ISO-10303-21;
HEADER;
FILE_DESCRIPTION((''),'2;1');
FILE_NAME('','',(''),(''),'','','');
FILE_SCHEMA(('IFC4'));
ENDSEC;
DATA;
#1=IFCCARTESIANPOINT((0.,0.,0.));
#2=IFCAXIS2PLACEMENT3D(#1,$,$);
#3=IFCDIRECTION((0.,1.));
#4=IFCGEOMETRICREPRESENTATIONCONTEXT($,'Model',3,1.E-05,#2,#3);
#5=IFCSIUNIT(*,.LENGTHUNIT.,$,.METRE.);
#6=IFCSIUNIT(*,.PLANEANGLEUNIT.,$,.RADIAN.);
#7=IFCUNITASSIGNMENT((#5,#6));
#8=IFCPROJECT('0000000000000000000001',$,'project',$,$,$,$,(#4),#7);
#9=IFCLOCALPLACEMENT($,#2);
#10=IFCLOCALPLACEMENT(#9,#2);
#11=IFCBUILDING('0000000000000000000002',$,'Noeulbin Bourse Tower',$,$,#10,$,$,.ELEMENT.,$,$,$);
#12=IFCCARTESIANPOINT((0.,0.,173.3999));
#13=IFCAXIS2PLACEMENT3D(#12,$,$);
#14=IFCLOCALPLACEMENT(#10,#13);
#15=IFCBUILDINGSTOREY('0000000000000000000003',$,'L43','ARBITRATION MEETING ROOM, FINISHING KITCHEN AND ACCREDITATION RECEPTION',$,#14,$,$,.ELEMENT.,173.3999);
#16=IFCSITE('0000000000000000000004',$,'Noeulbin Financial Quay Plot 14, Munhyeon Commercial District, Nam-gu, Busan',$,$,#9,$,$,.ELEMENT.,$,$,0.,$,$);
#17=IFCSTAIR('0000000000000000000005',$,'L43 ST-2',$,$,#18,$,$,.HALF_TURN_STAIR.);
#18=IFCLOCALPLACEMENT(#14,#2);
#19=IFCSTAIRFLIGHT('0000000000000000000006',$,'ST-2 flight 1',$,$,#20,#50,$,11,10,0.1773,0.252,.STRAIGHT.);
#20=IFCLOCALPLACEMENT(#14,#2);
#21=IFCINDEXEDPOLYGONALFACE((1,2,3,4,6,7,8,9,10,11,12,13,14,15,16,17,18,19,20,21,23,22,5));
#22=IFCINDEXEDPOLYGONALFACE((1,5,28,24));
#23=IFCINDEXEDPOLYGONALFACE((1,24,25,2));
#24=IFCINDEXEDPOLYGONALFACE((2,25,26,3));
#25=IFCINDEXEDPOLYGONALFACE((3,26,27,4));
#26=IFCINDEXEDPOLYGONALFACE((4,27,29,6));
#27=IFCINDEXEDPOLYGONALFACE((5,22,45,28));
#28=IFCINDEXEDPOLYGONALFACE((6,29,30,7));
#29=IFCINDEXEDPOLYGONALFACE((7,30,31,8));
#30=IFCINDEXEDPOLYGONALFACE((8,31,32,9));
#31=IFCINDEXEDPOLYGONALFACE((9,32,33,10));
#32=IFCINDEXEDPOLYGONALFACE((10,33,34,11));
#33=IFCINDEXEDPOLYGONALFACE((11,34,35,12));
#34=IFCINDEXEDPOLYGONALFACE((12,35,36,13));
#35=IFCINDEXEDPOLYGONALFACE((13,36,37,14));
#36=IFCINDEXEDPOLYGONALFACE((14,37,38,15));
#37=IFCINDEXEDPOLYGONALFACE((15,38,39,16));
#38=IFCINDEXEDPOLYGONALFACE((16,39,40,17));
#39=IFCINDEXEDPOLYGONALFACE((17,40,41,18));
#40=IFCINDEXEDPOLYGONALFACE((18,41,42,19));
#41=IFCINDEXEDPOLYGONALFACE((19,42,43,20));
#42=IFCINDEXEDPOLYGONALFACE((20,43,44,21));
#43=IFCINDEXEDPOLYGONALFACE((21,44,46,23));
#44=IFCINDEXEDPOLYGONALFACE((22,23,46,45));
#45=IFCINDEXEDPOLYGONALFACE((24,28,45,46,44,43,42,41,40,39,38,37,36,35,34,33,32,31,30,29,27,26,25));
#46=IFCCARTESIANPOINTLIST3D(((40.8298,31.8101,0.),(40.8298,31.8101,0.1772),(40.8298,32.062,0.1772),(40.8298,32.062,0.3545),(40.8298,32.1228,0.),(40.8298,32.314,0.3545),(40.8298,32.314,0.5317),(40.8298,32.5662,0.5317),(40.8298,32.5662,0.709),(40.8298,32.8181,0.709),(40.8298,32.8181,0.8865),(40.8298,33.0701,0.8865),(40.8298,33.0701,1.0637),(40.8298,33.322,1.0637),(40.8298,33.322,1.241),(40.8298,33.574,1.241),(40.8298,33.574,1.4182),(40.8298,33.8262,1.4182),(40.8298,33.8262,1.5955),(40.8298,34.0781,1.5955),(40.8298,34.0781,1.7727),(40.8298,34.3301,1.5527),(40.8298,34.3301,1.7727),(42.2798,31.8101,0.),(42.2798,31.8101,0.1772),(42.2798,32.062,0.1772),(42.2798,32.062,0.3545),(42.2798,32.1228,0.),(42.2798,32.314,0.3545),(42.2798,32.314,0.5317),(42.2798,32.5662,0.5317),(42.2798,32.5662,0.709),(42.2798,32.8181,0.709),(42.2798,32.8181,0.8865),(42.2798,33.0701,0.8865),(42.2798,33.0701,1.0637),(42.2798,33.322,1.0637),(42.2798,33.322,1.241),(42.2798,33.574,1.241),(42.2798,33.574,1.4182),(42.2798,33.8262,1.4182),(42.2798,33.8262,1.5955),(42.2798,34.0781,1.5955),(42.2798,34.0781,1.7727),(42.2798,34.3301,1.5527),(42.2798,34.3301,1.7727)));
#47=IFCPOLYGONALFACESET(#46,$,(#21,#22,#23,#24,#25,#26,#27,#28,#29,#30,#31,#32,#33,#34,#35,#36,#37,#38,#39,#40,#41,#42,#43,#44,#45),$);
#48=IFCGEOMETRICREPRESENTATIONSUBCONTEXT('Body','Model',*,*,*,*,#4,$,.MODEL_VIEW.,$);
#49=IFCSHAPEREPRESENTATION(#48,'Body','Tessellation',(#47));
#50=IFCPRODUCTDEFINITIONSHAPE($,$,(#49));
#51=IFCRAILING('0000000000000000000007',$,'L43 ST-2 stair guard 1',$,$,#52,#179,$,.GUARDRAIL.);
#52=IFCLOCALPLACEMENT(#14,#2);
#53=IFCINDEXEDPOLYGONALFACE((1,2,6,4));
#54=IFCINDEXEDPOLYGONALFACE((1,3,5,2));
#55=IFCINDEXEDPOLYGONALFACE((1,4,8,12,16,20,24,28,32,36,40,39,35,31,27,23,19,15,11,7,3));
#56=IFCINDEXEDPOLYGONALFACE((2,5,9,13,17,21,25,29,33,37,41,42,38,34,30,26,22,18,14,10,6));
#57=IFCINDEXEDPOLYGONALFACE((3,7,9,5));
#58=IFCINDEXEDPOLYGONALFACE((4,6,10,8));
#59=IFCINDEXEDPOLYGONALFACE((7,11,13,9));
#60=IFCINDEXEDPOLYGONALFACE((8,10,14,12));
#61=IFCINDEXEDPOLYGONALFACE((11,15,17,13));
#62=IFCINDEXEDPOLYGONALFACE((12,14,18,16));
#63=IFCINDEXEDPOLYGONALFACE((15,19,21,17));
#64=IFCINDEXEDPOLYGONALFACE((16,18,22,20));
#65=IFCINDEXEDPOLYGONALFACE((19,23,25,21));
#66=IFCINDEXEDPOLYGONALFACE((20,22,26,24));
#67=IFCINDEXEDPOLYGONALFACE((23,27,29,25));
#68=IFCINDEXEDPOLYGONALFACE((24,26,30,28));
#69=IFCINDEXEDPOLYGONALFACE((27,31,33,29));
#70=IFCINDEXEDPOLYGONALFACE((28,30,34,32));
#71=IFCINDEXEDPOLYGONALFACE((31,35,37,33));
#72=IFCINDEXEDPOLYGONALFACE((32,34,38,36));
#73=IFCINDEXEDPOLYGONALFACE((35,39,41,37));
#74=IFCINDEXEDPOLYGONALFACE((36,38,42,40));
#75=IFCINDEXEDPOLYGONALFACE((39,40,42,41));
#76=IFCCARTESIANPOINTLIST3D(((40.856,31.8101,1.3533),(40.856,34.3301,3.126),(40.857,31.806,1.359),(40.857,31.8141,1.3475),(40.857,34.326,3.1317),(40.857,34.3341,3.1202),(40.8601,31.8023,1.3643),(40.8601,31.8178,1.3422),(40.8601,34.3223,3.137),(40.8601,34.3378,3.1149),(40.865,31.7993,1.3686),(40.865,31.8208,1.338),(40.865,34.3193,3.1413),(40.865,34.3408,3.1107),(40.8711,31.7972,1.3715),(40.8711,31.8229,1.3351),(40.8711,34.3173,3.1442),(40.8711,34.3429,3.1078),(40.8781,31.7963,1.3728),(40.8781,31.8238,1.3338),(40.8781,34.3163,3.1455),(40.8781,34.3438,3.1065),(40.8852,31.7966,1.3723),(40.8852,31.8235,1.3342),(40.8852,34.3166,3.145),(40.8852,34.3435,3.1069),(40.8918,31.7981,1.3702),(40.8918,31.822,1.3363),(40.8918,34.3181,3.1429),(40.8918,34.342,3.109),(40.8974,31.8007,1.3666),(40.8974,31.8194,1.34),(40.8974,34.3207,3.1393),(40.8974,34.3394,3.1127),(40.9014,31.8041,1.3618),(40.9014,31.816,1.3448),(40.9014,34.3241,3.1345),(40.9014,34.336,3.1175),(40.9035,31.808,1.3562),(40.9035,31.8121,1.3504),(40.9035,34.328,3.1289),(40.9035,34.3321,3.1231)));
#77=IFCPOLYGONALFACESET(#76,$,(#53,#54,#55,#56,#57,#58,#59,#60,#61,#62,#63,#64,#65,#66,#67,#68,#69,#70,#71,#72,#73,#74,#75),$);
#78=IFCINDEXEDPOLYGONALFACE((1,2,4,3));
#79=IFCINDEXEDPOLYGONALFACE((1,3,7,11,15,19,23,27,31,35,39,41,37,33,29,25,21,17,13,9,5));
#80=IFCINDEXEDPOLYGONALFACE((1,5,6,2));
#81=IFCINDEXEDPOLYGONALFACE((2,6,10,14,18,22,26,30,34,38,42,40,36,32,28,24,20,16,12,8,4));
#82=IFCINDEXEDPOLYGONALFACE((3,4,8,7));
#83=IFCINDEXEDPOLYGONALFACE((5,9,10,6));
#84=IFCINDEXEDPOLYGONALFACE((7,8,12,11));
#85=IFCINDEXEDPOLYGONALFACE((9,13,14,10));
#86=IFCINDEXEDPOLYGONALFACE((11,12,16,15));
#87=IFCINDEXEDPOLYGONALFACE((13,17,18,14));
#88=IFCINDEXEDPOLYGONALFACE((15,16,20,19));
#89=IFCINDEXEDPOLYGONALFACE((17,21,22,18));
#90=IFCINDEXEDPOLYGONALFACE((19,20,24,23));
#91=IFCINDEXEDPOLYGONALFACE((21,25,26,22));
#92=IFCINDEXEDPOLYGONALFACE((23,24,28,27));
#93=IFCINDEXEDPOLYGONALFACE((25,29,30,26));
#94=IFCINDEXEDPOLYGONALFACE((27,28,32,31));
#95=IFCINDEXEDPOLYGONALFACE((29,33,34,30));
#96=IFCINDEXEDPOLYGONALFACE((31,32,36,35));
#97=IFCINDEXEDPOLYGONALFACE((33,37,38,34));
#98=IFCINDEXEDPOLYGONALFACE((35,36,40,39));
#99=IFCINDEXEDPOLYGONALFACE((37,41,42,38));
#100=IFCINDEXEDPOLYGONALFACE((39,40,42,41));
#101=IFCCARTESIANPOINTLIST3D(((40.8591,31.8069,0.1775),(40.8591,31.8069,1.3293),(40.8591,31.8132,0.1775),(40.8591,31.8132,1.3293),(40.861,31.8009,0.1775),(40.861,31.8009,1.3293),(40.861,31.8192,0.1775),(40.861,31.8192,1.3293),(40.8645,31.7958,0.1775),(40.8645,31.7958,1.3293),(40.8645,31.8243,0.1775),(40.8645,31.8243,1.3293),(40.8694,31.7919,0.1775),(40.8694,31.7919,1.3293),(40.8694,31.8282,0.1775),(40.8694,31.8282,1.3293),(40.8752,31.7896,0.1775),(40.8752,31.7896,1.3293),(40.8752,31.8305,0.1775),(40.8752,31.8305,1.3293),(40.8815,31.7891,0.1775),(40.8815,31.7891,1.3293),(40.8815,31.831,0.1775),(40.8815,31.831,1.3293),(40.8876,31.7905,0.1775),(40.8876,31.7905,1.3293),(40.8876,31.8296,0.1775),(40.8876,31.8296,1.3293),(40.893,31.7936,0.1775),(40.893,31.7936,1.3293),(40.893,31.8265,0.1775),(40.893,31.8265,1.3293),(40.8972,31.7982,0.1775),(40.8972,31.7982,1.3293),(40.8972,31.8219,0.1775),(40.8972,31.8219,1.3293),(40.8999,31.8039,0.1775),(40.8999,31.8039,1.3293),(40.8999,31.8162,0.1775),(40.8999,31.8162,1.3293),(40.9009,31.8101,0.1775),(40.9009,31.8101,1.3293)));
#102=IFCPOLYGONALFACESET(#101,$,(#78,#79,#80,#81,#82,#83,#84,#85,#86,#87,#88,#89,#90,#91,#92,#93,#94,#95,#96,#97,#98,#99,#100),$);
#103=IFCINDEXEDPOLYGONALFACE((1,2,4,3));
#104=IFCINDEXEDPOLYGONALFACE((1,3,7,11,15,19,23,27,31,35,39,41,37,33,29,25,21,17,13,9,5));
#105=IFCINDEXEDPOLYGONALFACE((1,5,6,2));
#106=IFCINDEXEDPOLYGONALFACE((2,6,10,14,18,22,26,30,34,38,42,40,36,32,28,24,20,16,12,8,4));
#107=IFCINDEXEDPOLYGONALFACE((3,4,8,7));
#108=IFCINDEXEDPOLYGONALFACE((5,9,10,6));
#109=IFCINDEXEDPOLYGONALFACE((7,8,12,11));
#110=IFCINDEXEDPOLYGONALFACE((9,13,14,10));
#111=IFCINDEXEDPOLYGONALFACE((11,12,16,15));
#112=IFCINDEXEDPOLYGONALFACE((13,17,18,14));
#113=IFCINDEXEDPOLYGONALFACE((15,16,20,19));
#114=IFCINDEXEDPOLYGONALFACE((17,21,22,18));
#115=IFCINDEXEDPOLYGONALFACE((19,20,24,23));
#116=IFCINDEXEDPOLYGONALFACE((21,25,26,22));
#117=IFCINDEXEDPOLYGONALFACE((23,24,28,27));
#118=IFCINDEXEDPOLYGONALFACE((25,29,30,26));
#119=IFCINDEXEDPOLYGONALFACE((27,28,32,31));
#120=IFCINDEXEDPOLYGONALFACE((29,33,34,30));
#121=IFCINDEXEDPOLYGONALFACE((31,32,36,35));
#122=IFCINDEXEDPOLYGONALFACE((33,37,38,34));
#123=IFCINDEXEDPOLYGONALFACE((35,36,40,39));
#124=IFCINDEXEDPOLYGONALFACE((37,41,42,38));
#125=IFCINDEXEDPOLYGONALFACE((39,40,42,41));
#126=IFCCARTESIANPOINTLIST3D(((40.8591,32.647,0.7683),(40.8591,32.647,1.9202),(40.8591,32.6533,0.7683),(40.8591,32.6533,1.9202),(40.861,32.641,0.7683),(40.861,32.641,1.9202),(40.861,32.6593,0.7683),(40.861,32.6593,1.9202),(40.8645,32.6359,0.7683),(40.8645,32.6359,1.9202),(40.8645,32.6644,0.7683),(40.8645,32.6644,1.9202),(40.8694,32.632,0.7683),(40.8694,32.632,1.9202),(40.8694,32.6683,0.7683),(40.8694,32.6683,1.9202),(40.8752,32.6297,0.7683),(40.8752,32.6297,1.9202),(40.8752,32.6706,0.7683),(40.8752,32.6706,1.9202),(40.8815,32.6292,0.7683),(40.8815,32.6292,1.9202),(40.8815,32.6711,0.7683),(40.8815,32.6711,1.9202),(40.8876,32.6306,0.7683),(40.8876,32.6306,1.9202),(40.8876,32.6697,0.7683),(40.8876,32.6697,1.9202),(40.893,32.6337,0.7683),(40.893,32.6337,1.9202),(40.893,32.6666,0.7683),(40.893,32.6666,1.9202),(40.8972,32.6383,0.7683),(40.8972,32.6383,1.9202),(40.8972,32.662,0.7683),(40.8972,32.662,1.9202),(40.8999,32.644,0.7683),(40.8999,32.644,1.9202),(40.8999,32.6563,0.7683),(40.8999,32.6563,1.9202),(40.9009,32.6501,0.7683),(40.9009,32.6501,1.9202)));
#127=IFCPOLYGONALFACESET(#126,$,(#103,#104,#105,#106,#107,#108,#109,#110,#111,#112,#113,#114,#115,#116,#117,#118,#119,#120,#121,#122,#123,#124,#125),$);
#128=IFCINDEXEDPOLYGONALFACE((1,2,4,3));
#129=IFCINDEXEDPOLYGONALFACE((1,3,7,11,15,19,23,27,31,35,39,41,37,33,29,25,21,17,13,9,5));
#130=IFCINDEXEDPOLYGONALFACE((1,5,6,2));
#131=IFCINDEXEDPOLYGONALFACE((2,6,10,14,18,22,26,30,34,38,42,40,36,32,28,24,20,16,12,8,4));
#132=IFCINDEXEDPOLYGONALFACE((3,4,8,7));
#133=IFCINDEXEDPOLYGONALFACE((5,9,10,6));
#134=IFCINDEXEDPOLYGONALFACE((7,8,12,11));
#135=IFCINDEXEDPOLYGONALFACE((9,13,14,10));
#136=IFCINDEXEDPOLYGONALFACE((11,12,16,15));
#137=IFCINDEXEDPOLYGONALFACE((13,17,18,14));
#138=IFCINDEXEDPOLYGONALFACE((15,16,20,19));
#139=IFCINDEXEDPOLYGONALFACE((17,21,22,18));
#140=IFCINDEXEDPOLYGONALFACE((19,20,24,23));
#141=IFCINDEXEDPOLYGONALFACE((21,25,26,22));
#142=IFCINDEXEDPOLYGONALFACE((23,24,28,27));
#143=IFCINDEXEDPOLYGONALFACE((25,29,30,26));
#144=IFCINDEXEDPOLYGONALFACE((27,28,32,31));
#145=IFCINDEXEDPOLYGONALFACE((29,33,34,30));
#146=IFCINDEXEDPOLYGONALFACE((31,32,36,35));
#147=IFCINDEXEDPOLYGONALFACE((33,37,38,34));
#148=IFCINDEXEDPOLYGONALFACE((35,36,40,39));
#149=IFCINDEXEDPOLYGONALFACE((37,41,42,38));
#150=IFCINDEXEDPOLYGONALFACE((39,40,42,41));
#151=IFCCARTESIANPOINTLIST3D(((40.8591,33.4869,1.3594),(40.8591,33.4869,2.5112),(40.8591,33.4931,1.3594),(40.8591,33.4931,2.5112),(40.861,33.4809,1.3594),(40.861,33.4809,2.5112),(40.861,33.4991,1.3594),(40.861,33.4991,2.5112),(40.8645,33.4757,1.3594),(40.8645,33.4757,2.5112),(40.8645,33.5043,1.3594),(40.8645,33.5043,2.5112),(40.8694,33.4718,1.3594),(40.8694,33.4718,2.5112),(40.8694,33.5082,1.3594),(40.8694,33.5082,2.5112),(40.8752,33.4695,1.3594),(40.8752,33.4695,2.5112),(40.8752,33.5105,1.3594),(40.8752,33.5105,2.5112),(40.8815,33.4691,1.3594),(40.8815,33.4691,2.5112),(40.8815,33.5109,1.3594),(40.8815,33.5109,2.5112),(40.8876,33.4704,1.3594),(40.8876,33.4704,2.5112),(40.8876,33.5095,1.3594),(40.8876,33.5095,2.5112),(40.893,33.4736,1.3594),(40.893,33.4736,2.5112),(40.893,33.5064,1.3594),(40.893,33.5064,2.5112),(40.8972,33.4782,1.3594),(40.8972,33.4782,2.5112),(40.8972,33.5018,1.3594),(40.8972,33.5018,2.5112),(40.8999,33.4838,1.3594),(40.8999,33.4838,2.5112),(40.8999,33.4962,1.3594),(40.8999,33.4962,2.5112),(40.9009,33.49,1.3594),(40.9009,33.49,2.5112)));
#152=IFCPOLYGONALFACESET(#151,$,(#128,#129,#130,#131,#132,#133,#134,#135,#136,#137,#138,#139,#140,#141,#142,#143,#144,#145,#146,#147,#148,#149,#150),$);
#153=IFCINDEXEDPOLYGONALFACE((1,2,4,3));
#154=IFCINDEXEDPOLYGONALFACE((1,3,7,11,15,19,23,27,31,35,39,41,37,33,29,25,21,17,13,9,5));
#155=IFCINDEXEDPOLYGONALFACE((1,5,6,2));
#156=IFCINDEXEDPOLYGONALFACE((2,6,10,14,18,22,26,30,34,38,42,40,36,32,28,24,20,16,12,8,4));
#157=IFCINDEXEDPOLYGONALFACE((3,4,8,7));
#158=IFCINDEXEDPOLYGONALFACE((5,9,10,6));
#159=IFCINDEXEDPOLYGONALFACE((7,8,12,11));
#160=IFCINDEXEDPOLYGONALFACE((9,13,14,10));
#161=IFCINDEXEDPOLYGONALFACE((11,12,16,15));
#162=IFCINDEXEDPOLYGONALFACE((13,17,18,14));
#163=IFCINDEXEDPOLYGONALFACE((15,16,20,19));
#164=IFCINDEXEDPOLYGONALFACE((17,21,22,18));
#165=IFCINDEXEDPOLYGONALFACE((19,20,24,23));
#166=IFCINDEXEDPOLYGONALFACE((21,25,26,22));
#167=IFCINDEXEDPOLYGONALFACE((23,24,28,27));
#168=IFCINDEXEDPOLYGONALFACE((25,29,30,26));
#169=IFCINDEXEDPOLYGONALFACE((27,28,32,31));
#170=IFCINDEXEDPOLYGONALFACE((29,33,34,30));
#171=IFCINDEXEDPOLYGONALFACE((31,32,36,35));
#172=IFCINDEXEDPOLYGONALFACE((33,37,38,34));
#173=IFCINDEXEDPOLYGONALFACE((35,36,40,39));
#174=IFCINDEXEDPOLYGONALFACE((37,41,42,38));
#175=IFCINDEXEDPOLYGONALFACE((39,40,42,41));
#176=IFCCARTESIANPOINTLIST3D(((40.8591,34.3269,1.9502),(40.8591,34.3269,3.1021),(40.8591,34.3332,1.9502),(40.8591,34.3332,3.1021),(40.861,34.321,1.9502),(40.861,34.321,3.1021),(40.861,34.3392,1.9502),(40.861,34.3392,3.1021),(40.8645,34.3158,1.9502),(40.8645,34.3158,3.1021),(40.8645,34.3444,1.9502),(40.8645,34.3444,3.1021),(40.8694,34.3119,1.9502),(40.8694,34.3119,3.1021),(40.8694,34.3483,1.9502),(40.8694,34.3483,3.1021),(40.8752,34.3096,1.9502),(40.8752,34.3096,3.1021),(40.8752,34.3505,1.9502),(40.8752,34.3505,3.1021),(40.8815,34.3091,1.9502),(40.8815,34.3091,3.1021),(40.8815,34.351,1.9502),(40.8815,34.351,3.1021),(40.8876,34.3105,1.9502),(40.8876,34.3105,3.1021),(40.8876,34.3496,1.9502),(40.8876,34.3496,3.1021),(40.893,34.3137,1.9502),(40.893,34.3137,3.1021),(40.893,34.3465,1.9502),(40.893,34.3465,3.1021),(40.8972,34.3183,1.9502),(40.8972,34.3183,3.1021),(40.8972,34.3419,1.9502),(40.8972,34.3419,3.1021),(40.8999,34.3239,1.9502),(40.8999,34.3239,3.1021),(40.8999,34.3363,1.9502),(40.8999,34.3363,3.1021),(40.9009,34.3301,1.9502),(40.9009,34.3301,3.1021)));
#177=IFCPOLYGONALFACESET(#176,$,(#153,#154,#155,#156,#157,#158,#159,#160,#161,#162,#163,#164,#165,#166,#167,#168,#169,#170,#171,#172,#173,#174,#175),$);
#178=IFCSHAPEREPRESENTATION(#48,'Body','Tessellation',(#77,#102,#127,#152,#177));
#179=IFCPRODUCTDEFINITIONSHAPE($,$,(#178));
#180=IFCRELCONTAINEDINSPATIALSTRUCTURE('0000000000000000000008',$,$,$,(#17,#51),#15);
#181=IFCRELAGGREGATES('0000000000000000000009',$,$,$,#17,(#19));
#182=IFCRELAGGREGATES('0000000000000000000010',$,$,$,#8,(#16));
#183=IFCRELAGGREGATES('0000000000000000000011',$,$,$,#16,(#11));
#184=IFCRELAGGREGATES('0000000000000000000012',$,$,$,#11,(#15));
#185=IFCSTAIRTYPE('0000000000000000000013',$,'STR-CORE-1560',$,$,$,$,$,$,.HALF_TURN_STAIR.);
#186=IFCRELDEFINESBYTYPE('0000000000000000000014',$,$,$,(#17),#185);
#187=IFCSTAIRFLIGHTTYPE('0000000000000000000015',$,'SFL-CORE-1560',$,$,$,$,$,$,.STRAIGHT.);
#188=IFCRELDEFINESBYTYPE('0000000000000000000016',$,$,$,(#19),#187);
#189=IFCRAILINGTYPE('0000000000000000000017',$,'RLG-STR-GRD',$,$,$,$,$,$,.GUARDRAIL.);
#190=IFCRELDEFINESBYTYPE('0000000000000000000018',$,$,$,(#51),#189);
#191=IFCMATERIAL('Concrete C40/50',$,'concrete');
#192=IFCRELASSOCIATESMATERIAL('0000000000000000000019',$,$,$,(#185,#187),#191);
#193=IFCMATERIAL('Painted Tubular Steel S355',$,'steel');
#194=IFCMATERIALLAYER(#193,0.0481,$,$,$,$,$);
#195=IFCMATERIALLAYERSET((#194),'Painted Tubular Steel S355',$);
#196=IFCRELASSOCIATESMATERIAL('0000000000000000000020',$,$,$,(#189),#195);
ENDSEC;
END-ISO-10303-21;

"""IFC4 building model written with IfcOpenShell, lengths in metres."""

from ifc_helpers import new_model, si_unit, direction, frame, origin, origin_2d, place, context, subcontext, project, spatial, polyline, circle, outline, extrude, material, layer, layer_set, type_object, element, aggregate, save


model = new_model("IFC4")

# Units and contexts
model_context = context("Model", 3, precision=1e-05, world=origin(), true_north=direction((0.0, 1.0)))
body_context = subcontext(model_context, "Body", "Model", "MODEL_VIEW")
ifc_project = project(units=[si_unit("LENGTHUNIT", "METRE"), si_unit("PLANEANGLEUNIT", "RADIAN")], contexts=[model_context])

# Site, building, storey
site_placement = place(None, origin())
site = spatial("IfcSite", under=ifc_project, at=site_placement, Name="Noeulbin Financial Quay Plot 14, Munhyeon Commercial District, Nam-gu, Busan", CompositionType="ELEMENT", RefElevation=0.0)
building_placement = place(site_placement, origin())
building = spatial("IfcBuilding", under=site, at=building_placement, Name="Noeulbin Bourse Tower", CompositionType="ELEMENT")
storey_placement = place(building_placement, frame((0.0, 0.0, 173.3999)))
storey = spatial("IfcBuildingStorey", under=building, at=storey_placement, Name="L43", Description="ARBITRATION MEETING ROOM, FINISHING KITCHEN AND ACCREDITATION RECEPTION", CompositionType="ELEMENT", Elevation=173.3999)

# Shared definitions
ifc_material_1 = material(Name="Concrete C40/50", Category="concrete")

# Stair, stair flight
stair_type = type_object("IfcStairType", Name="STR-CORE-1560", PredefinedType="HALF_TURN_STAIR", material=ifc_material_1)
stair_placement = place(storey_placement, origin())
stair = element("IfcStair", 1, at=stair_placement, inside=storey, type_object=stair_type, Name="L43 ST-2", PredefinedType="HALF_TURN_STAIR")
stair_flight_type = type_object("IfcStairFlightType", Name="SFL-CORE-1560", PredefinedType="STRAIGHT", material=ifc_material_1)
stair_flight_placement = place(storey_placement, frame((41.5549, 31.8101, 0.0), z_axis=(0.0, 0.0, 1.0), x_axis=(0.0, 1.0, 0.0)))
stair_flight = element("IfcStairFlight", 2, at=stair_flight_placement, type_object=stair_flight_type, Name="ST-2 flight 1", NumberOfRisers=11, NumberOfTreads=10, PredefinedType="STRAIGHT", RiserHeight=0.1773, TreadLength=0.252, context=body_context, shape_type="SweptSolid", body=[
    extrude(outline(polyline([(0.0, 0.0), (0.0, 0.1772), (0.252, 0.1772), (0.252, 0.3545), (0.5039, 0.3545), (0.5039, 0.5317), (0.7561, 0.5317), (0.7561, 0.709), (1.0081, 0.709), (1.0081, 0.8865), (1.26, 0.8865), (1.26, 1.0637), (1.512, 1.0637), (1.512, 1.241), (1.7639, 1.241), (1.7639, 1.4182), (2.0161, 1.4182), (2.0161, 1.5955), (2.2681, 1.5955), (2.2681, 1.7727), (2.52, 1.7727), (2.52, 1.95), (2.52, 1.5527), (0.3127, 0.0), (0.0, 0.0)])), frame((0.0, 0.7251, 0.0), z_axis=(0.0, -1.0, 0.0), x_axis=(1.0, 0.0, 0.0)), (0.0, 0.0, 1.0), 1.45),
])
aggregate(stair, [stair_flight])

# Railing
ifc_material_2 = material(Name="Painted Tubular Steel S355", Category="steel")
ifc_layer_1 = layer(ifc_material_2, 0.0481)
ifc_layer_set_1 = layer_set([ifc_layer_1], Name="Painted Tubular Steel S355")
railing_type_1 = type_object("IfcRailingType", Name="RLG-STR-GRD", PredefinedType="GUARDRAIL", material=ifc_layer_set_1)
railing_1_placement = place(storey_placement, frame((40.8799, 31.8101, 0.1775)))
element("IfcRailing", 3, at=railing_1_placement, inside=storey, type_object=railing_type_1, Name="L43 ST-2 stair guard 1", PredefinedType="GUARDRAIL", context=body_context, shape_type="SweptSolid", body=[
    extrude(circle(Radius=0.0239, at=origin_2d()), frame((0.0, 0.0, 1.1758), z_axis=(0.0, 0.817904, 0.575354), x_axis=(-1.0, 0.0, 0.0)), (0.0, 0.0, 1.0), 3.0811),
    extrude(circle(Radius=0.021, at=origin_2d()), origin(), (0.0, 0.0, 1.0), 1.1519),
    extrude(circle(Radius=0.021, at=origin_2d()), frame((0.0, 0.8401, 0.5908)), (0.0, 0.0, 1.0), 1.1519),
    extrude(circle(Radius=0.021, at=origin_2d()), frame((0.0, 1.6799, 1.1819)), (0.0, 0.0, 1.0), 1.1519),
    extrude(circle(Radius=0.021, at=origin_2d()), frame((0.0, 2.52, 1.7727)), (0.0, 0.0, 1.0), 1.1519),
])

save(model, "model.ifc")
